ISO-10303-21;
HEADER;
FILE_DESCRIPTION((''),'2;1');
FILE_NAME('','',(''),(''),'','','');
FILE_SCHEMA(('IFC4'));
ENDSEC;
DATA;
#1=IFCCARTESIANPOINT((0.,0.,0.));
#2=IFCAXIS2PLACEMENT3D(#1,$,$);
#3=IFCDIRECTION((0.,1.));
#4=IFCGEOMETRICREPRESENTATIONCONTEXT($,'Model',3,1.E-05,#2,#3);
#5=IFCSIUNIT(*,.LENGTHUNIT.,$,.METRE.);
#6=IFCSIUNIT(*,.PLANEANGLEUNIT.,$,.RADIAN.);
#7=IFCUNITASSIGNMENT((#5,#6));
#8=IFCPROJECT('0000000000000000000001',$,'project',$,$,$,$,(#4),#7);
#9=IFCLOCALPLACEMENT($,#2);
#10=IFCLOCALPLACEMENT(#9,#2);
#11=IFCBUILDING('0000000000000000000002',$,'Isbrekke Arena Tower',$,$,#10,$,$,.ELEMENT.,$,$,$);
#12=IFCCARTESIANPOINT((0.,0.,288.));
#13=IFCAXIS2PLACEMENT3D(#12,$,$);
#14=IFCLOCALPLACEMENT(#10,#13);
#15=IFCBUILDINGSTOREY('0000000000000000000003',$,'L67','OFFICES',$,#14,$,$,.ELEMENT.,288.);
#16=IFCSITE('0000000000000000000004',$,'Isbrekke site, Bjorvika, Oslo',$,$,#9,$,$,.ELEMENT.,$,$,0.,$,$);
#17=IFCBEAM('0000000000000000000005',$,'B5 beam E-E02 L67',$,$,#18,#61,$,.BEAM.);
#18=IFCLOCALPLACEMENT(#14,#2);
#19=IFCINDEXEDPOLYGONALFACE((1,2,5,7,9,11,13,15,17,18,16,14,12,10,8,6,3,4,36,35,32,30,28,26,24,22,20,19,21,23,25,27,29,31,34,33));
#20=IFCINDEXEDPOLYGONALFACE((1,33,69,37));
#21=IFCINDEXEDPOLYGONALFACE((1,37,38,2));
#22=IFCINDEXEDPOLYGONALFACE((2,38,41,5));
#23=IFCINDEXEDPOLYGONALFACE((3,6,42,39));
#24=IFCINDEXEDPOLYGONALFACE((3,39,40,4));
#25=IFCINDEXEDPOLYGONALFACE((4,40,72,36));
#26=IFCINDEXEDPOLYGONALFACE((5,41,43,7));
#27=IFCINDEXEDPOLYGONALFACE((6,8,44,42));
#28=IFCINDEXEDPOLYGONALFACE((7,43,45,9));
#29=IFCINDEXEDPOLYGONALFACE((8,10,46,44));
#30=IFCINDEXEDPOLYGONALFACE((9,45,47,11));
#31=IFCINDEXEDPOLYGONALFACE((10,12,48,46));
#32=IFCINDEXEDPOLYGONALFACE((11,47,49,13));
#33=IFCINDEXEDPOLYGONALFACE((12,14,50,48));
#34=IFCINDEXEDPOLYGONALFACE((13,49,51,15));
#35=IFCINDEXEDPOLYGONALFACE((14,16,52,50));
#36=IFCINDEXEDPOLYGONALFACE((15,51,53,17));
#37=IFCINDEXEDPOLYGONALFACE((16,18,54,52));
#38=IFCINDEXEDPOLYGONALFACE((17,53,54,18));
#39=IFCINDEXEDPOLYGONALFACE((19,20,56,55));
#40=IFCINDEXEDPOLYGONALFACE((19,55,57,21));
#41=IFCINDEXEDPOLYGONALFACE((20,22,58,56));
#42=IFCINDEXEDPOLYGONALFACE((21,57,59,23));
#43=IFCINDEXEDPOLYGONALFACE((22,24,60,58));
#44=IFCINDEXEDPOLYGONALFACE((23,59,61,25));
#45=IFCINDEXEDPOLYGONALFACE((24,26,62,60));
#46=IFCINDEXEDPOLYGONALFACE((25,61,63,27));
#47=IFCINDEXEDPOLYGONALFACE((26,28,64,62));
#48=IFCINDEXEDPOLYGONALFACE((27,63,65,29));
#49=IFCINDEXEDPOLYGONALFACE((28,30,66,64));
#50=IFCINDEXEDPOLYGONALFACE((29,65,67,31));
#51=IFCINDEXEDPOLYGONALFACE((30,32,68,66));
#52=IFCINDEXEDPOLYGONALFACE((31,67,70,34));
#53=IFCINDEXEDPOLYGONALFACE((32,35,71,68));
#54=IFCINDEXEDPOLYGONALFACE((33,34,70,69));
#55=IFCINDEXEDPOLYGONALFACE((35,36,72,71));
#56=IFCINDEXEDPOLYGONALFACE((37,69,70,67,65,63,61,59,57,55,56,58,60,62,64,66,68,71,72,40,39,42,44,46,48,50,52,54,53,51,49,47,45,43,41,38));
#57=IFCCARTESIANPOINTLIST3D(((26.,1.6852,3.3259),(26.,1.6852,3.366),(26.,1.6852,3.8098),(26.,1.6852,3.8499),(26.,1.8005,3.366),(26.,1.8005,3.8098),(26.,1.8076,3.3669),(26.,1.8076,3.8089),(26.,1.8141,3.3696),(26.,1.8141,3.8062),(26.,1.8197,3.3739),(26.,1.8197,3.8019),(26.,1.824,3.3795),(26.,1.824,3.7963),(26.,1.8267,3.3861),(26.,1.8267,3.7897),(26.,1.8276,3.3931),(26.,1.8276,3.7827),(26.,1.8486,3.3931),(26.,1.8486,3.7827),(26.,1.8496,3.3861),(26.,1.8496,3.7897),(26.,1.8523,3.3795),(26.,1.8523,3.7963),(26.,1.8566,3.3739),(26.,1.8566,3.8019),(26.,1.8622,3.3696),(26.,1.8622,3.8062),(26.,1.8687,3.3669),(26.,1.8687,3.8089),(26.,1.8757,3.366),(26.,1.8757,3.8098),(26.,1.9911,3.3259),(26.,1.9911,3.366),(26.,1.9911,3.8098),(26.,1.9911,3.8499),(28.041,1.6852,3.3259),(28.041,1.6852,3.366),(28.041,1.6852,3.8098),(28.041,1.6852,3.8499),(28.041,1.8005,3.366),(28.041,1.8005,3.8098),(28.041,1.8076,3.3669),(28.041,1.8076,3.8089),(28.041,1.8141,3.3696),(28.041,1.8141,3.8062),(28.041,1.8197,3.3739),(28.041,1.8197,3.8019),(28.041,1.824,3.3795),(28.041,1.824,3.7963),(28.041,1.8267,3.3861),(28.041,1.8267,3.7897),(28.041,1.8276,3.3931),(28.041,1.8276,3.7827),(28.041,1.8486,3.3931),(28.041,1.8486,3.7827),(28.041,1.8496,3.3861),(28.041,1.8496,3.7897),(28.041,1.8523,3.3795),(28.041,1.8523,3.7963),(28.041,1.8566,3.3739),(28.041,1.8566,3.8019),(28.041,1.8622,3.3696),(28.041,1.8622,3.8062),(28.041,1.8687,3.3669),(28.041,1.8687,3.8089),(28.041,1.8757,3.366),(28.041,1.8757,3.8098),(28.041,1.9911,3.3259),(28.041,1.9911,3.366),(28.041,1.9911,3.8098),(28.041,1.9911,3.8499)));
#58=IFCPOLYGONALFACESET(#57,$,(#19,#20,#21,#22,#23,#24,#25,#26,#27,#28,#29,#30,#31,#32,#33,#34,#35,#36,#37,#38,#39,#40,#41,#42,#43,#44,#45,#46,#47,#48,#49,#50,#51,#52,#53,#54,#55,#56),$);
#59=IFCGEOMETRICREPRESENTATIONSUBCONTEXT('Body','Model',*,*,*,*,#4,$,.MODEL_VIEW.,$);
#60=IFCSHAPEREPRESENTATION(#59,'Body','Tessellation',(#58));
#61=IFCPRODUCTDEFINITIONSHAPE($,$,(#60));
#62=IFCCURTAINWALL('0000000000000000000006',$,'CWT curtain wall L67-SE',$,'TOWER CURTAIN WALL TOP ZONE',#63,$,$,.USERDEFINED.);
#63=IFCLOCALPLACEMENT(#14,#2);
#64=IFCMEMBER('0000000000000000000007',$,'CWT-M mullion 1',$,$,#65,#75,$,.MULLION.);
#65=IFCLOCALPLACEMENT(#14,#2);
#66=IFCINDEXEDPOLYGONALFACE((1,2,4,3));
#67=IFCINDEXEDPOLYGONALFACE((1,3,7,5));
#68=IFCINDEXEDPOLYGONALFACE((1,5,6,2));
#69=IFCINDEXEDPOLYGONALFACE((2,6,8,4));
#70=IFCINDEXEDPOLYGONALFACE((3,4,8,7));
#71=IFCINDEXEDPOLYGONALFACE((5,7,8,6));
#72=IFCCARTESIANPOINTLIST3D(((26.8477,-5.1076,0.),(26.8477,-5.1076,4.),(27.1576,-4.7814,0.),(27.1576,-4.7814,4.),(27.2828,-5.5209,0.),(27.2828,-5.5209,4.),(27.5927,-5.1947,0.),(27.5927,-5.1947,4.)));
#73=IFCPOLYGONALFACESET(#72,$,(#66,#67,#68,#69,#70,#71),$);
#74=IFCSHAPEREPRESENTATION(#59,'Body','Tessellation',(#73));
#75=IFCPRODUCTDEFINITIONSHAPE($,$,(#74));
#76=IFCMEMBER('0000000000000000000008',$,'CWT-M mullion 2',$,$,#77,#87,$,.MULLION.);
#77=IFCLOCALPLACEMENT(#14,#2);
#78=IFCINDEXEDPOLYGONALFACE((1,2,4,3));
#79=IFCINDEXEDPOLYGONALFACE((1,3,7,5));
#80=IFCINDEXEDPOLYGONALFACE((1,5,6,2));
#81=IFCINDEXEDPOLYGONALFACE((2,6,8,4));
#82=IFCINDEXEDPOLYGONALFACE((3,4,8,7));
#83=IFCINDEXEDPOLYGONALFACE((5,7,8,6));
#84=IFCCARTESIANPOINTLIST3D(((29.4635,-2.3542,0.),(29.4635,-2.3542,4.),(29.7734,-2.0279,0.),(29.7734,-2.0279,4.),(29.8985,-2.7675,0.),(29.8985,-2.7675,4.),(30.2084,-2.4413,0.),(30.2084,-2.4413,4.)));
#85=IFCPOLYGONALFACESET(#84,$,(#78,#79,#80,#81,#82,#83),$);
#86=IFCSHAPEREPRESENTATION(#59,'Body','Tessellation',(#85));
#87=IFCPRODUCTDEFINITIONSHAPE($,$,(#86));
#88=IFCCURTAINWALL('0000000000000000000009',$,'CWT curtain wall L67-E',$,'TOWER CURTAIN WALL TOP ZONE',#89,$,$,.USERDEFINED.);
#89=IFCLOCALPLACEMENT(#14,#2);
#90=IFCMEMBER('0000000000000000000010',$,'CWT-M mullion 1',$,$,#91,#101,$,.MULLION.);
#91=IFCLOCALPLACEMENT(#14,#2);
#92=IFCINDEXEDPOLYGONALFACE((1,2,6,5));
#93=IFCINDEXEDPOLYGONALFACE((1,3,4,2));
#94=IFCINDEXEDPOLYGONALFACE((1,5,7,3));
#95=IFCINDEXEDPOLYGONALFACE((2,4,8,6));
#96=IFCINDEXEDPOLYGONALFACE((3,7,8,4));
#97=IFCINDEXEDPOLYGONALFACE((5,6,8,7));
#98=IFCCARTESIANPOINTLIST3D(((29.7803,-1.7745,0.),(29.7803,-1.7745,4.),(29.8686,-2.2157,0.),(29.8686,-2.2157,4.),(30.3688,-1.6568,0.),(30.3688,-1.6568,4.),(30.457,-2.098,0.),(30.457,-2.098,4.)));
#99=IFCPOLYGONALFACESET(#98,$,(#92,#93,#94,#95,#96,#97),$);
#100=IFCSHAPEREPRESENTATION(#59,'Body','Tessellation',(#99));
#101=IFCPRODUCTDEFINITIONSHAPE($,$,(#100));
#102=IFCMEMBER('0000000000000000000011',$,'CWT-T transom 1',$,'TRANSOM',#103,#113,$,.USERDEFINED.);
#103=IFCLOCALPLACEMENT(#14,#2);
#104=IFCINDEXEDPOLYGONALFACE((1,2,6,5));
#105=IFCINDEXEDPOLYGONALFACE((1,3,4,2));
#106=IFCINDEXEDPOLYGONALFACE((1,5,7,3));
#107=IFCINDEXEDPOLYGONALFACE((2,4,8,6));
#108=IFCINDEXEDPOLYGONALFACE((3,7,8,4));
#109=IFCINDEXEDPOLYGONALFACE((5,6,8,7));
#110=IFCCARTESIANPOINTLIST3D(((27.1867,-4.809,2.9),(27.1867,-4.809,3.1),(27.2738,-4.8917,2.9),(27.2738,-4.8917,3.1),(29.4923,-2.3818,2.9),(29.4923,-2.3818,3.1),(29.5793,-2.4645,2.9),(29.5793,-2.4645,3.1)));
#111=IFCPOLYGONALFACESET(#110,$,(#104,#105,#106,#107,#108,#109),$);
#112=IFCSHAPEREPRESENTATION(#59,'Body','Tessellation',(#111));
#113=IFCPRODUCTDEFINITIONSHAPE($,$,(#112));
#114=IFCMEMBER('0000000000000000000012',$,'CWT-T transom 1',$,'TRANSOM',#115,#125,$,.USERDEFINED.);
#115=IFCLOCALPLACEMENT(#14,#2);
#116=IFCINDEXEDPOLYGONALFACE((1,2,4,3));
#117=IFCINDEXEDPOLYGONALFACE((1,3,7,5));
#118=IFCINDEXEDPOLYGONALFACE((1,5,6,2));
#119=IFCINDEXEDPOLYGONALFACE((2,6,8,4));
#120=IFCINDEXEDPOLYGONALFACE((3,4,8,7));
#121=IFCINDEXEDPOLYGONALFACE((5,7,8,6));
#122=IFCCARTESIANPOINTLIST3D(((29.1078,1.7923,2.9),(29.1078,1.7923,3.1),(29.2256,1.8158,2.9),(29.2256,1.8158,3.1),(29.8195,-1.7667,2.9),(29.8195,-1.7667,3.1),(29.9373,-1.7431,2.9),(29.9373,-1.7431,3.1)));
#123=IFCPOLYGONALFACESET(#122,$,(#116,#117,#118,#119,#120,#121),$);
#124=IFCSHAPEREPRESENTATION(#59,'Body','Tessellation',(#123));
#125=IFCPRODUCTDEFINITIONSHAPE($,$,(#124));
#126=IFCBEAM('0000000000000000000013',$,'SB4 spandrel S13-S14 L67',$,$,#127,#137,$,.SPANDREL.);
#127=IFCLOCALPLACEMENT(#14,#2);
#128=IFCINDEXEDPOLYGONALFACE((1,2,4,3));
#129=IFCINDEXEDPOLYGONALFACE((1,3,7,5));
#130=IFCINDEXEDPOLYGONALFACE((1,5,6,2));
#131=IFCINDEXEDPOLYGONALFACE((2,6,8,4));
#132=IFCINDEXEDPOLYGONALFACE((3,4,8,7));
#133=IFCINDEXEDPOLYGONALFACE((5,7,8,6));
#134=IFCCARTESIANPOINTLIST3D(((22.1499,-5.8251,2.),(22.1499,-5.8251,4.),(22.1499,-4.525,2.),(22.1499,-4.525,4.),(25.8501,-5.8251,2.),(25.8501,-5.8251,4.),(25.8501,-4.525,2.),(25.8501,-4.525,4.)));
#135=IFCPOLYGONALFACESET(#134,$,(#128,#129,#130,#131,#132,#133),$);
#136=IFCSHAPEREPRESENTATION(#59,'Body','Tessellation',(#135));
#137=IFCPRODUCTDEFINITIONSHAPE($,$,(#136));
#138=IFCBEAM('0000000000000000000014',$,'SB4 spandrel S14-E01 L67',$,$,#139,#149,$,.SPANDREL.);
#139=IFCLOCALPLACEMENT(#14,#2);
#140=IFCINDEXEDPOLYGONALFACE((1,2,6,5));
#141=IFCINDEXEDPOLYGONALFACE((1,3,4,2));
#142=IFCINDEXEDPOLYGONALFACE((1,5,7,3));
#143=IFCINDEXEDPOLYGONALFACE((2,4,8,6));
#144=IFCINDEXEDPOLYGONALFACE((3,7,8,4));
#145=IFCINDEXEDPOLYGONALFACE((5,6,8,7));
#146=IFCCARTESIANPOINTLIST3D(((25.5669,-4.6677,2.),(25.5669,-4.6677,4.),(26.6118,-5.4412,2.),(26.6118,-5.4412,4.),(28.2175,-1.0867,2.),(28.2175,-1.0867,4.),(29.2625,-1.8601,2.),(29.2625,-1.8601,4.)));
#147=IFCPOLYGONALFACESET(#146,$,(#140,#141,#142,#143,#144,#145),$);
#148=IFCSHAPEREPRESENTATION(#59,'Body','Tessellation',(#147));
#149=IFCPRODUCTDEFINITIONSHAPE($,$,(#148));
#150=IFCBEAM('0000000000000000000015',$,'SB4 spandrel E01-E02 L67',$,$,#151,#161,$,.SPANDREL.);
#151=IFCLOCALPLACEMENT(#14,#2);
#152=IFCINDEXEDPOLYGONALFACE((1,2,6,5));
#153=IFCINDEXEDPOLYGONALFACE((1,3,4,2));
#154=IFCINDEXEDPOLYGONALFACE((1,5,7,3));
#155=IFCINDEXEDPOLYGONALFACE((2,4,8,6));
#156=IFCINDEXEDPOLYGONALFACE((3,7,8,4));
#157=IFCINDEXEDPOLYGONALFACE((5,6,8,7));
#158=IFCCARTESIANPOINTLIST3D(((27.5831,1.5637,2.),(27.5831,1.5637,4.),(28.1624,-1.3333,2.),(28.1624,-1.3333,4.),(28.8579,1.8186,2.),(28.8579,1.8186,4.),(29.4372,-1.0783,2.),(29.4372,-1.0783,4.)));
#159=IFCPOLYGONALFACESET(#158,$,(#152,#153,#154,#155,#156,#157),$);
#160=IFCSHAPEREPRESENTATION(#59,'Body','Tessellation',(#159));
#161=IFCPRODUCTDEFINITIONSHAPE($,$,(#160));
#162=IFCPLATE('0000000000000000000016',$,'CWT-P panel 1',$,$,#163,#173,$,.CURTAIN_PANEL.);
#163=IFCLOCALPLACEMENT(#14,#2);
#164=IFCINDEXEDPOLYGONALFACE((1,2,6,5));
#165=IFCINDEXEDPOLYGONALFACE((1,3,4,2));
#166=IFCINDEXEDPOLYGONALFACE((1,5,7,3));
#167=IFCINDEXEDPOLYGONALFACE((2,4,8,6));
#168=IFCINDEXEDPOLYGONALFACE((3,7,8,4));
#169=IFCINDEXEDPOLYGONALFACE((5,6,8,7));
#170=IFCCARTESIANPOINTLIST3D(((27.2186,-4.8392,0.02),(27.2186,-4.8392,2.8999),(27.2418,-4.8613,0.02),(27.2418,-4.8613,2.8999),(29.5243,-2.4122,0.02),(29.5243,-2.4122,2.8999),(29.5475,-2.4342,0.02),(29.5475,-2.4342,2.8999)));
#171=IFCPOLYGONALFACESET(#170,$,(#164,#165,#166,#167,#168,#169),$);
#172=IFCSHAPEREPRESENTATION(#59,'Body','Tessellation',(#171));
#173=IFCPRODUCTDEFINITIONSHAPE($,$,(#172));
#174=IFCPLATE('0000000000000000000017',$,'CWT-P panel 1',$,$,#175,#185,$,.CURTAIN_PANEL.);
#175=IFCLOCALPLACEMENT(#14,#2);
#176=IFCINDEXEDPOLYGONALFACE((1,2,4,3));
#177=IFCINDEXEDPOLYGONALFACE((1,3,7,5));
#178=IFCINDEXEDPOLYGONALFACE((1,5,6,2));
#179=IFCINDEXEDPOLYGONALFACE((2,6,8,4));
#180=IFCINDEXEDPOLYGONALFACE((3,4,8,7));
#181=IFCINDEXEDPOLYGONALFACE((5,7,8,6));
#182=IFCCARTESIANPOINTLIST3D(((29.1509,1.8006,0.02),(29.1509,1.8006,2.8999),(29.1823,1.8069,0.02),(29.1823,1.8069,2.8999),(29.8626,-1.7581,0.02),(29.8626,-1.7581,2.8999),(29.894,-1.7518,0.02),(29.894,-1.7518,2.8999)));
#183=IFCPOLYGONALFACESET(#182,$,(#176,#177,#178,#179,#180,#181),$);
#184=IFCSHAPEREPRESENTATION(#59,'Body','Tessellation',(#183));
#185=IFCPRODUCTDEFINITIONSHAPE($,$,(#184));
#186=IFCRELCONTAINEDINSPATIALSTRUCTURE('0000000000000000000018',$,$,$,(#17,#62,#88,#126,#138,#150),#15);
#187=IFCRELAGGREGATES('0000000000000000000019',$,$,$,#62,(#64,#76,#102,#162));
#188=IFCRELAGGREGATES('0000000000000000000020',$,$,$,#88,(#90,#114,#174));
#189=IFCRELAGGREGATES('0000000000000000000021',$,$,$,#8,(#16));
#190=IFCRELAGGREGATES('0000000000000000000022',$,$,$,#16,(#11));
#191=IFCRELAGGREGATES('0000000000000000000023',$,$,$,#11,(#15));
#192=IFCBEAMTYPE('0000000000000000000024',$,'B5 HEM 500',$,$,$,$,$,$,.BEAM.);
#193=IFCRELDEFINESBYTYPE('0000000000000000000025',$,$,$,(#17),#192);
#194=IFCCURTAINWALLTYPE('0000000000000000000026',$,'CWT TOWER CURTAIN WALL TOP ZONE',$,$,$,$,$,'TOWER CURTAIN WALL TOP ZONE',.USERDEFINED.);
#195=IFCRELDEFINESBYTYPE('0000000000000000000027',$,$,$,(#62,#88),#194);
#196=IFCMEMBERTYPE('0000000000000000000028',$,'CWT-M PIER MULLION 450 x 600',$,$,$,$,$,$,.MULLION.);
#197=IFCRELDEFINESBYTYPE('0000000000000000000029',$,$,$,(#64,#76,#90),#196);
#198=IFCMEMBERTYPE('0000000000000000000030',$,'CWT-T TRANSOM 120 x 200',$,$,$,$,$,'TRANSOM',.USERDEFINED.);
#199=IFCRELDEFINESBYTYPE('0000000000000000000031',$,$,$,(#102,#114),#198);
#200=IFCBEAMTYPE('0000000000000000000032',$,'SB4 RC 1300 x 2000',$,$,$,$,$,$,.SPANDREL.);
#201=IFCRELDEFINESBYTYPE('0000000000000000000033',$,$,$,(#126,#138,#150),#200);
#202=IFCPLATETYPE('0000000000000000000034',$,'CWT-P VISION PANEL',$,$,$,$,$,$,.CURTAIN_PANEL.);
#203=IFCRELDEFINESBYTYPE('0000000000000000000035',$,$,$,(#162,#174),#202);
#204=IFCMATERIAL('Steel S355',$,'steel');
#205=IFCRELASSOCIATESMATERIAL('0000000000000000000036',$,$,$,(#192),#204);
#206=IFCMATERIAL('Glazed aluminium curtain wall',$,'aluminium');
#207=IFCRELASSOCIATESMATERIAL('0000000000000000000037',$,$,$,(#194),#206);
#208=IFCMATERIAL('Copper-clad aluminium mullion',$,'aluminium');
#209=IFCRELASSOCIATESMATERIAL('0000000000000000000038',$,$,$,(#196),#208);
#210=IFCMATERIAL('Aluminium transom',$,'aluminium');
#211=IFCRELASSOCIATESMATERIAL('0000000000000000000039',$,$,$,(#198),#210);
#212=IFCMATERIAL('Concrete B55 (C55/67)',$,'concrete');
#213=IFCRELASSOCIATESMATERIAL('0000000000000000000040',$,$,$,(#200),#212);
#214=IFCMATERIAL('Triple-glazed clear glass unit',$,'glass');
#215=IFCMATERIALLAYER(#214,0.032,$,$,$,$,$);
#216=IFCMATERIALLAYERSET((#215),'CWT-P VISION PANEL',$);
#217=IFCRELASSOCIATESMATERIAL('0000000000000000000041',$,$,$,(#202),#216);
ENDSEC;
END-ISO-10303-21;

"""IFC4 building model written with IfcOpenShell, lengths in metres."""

from ifc_helpers import new_model, si_unit, direction, frame, origin, origin_2d, place, context, subcontext, project, spatial, rectangle, i_section, extrude, material, layer, layer_set, material_profile, profile_set, type_object, element, aggregate, save


model = new_model("IFC4")

# Units and contexts
model_context = context("Model", 3, precision=1e-05, world=origin(), true_north=direction((0.0, 1.0)))
body_context = subcontext(model_context, "Body", "Model", "MODEL_VIEW")
ifc_project = project(units=[si_unit("LENGTHUNIT", "METRE"), si_unit("PLANEANGLEUNIT", "RADIAN")], contexts=[model_context])

# Site, building, storey
site_placement = place(None, origin())
site = spatial("IfcSite", under=ifc_project, at=site_placement, Name="Isbrekke site, Bjorvika, Oslo", CompositionType="ELEMENT", RefElevation=0.0)
building_placement = place(site_placement, origin())
building = spatial("IfcBuilding", under=site, at=building_placement, Name="Isbrekke Arena Tower", CompositionType="ELEMENT")
storey_placement = place(building_placement, frame((0.0, 0.0, 288.0)))
storey = spatial("IfcBuildingStorey", under=building, at=storey_placement, Name="L67", Description="OFFICES", CompositionType="ELEMENT", Elevation=288.0)

# Beam
ifc_material_1 = material(Name="Steel S355", Category="steel")
ifc_material_profile_1 = material_profile(ifc_material_1, i_section(OverallWidth=0.3059, OverallDepth=0.5239, WebThickness=0.021, FlangeThickness=0.04, FilletRadius=0.0271, at=origin_2d()), Name="HEM 500")
ifc_profile_set_1 = profile_set([ifc_material_profile_1], Name="Steel S355")
beam_type_1 = type_object("IfcBeamType", Name="B5 HEM 500", PredefinedType="BEAM", material=ifc_profile_set_1)
beam_1_placement = place(storey_placement, frame((28.041, 1.8381, 3.5879), z_axis=(-1.0, 0.0, 0.0), x_axis=(0.0, -1.0, 0.0)))
element("IfcBeam", 1, at=beam_1_placement, inside=storey, type_object=beam_type_1, Name="B5 beam E-E02 L67", PredefinedType="BEAM", context=body_context, shape_type="SweptSolid", body=[
    extrude(i_section(OverallWidth=0.3059, OverallDepth=0.5239, WebThickness=0.021, FlangeThickness=0.04, FilletRadius=0.0271, at=origin_2d()), origin(), (0.0, 0.0, 1.0), 2.041),
])

# Curtain wall, members
ifc_material_2 = material(Name="Glazed aluminium curtain wall", Category="aluminium")
curtain_wall_type = type_object("IfcCurtainWallType", Name="CWT TOWER CURTAIN WALL TOP ZONE", ElementType="TOWER CURTAIN WALL TOP ZONE", PredefinedType="USERDEFINED", material=ifc_material_2)
curtain_wall_1_placement = place(storey_placement, origin())
curtain_wall_1 = element("IfcCurtainWall", 2, at=curtain_wall_1_placement, inside=storey, type_object=curtain_wall_type, Name="CWT curtain wall L67-SE", ObjectType="TOWER CURTAIN WALL TOP ZONE", PredefinedType="USERDEFINED")
ifc_material_3 = material(Name="Copper-clad aluminium mullion", Category="aluminium")
ifc_material_profile_2 = material_profile(ifc_material_3, rectangle(XDim=0.45, YDim=0.6001, at=origin_2d()), Name="PIER 450X600")
ifc_profile_set_2 = profile_set([ifc_material_profile_2], Name="Copper-clad aluminium mullion")
member_type_1 = type_object("IfcMemberType", Name="CWT-M PIER MULLION 450 x 600", PredefinedType="MULLION", material=ifc_profile_set_2)
member_1_placement = place(storey_placement, frame((27.2202, -5.1511, 0.0), z_axis=(0.0, 0.0, 1.0), x_axis=(0.688749, 0.724999, 0.0)))
member_1 = element("IfcMember", 3, at=member_1_placement, type_object=member_type_1, Name="CWT-M mullion 1", PredefinedType="MULLION", context=body_context, shape_type="SweptSolid", body=[
    extrude(rectangle(XDim=0.45, YDim=0.6001, at=origin_2d()), origin(), (0.0, 0.0, 1.0), 4.0),
])
member_2_placement = place(storey_placement, frame((29.8359, -2.3977, 0.0), z_axis=(0.0, 0.0, 1.0), x_axis=(0.688749, 0.724999, 0.0)))
member_2 = element("IfcMember", 4, at=member_2_placement, type_object=member_type_1, Name="CWT-M mullion 2", PredefinedType="MULLION", context=body_context, shape_type="SweptSolid", body=[
    extrude(rectangle(XDim=0.45, YDim=0.6001, at=origin_2d()), origin(), (0.0, 0.0, 1.0), 4.0),
])

# Curtain wall, member
curtain_wall_2_placement = place(storey_placement, origin())
curtain_wall_2 = element("IfcCurtainWall", 5, at=curtain_wall_2_placement, inside=storey, type_object=curtain_wall_type, Name="CWT curtain wall L67-E", ObjectType="TOWER CURTAIN WALL TOP ZONE", PredefinedType="USERDEFINED")
member_3_placement = place(storey_placement, frame((30.1187, -1.9363, 0.0), z_axis=(0.0, 0.0, 1.0), x_axis=(-0.196116, 0.980581, 0.0)))
member_3 = element("IfcMember", 6, at=member_3_placement, type_object=member_type_1, Name="CWT-M mullion 1", PredefinedType="MULLION", context=body_context, shape_type="SweptSolid", body=[
    extrude(rectangle(XDim=0.45, YDim=0.6001, at=origin_2d()), origin(), (0.0, 0.0, 1.0), 4.0),
])

# Members
ifc_material_4 = material(Name="Aluminium transom", Category="aluminium")
ifc_material_profile_3 = material_profile(ifc_material_4, rectangle(XDim=0.1201, YDim=0.2, at=origin_2d()), Name="TRANSOM 120X200")
ifc_profile_set_3 = profile_set([ifc_material_profile_3], Name="Aluminium transom")
member_type_2 = type_object("IfcMemberType", Name="CWT-T TRANSOM 120 x 200", ElementType="TRANSOM", PredefinedType="USERDEFINED", material=ifc_profile_set_3)
member_4_placement = place(storey_placement, frame((27.2302, -4.8503, 3.0), z_axis=(0.688715, 0.725032, 0.0), x_axis=(-0.725032, 0.688715, 0.0)))
member_4 = element("IfcMember", 7, at=member_4_placement, type_object=member_type_2, Name="CWT-T transom 1", ObjectType="TRANSOM", PredefinedType="USERDEFINED", context=body_context, shape_type="SweptSolid", body=[
    extrude(rectangle(XDim=0.1201, YDim=0.2, at=origin_2d()), origin(), (0.0, 0.0, 1.0), 3.3477),
])
member_5_placement = place(storey_placement, frame((29.8784, -1.7549, 3.0), z_axis=(-0.19609, 0.980586, 0.0), x_axis=(-0.980586, -0.19609, 0.0)))
member_5 = element("IfcMember", 8, at=member_5_placement, type_object=member_type_2, Name="CWT-T transom 1", ObjectType="TRANSOM", PredefinedType="USERDEFINED", context=body_context, shape_type="SweptSolid", body=[
    extrude(rectangle(XDim=0.1201, YDim=0.2, at=origin_2d()), origin(), (0.0, 0.0, 1.0), 3.6294),
])

# Beams
ifc_material_5 = material(Name="Concrete B55 (C55/67)", Category="concrete")
ifc_material_profile_4 = material_profile(ifc_material_5, rectangle(XDim=1.3, YDim=2.0, at=origin_2d()), Name="RC 1300x2000")
ifc_profile_set_4 = profile_set([ifc_material_profile_4], Name="Concrete B55 (C55/67)")
beam_type_2 = type_object("IfcBeamType", Name="SB4 RC 1300 x 2000", PredefinedType="SPANDREL", material=ifc_profile_set_4)
beam_2_placement = place(storey_placement, frame((22.1499, -5.175, 3.0), z_axis=(1.0, 0.0, 0.0), x_axis=(0.0, 1.0, 0.0)))
element("IfcBeam", 9, at=beam_2_placement, inside=storey, type_object=beam_type_2, Name="SB4 spandrel S13-S14 L67", PredefinedType="SPANDREL", context=body_context, shape_type="SweptSolid", body=[
    extrude(rectangle(XDim=1.3, YDim=2.0, at=origin_2d()), origin(), (0.0, 0.0, 1.0), 3.7002),
])
beam_3_placement = place(storey_placement, frame((26.0894, -5.0544, 3.0), z_axis=(0.594938, 0.803772, 0.0), x_axis=(-0.803772, 0.594938, 0.0)))
element("IfcBeam", 10, at=beam_3_placement, inside=storey, type_object=beam_type_2, Name="SB4 spandrel S14-E01 L67", PredefinedType="SPANDREL", context=body_context, shape_type="SweptSolid", body=[
    extrude(rectangle(XDim=1.3, YDim=2.0, at=origin_2d()), origin(), (0.0, 0.0, 1.0), 4.4553),
])
beam_4_placement = place(storey_placement, frame((28.7998, -1.2058, 3.0), z_axis=(-0.1961, 0.980584, 0.0), x_axis=(-0.980584, -0.1961, 0.0)))
element("IfcBeam", 11, at=beam_4_placement, inside=storey, type_object=beam_type_2, Name="SB4 spandrel E01-E02 L67", PredefinedType="SPANDREL", context=body_context, shape_type="SweptSolid", body=[
    extrude(rectangle(XDim=1.3, YDim=2.0, at=origin_2d()), origin(), (0.0, 0.0, 1.0), 2.9543),
])

# Plates
ifc_material_6 = material(Name="Triple-glazed clear glass unit", Category="glass")
ifc_layer_1 = layer(ifc_material_6, 0.032)
ifc_layer_set_1 = layer_set([ifc_layer_1], Name="CWT-P VISION PANEL")
plate_type = type_object("IfcPlateType", Name="CWT-P VISION PANEL", PredefinedType="CURTAIN_PANEL", material=ifc_layer_set_1)
plate_1_placement = place(storey_placement, frame((28.3831, -3.6367, 0.02), z_axis=(0.0, 0.0, 1.0), x_axis=(0.688749, 0.724999, 0.0)))
plate_1 = element("IfcPlate", 12, at=plate_1_placement, type_object=plate_type, Name="CWT-P panel 1", PredefinedType="CURTAIN_PANEL", context=body_context, shape_type="SweptSolid", body=[
    extrude(rectangle(XDim=3.3477, YDim=0.032, at=origin_2d()), origin(), (0.0, 0.0, 1.0), 2.8799),
])
aggregate(curtain_wall_1, [member_1, member_2, member_4, plate_1])
plate_2_placement = place(storey_placement, frame((29.5225, 0.0244, 0.02), z_axis=(0.0, 0.0, 1.0), x_axis=(-0.196116, 0.980581, 0.0)))
plate_2 = element("IfcPlate", 13, at=plate_2_placement, type_object=plate_type, Name="CWT-P panel 1", PredefinedType="CURTAIN_PANEL", context=body_context, shape_type="SweptSolid", body=[
    extrude(rectangle(XDim=3.6292, YDim=0.032, at=origin_2d()), origin(), (0.0, 0.0, 1.0), 2.8799),
])
aggregate(curtain_wall_2, [member_3, member_5, plate_2])

save(model, "model.ifc")
